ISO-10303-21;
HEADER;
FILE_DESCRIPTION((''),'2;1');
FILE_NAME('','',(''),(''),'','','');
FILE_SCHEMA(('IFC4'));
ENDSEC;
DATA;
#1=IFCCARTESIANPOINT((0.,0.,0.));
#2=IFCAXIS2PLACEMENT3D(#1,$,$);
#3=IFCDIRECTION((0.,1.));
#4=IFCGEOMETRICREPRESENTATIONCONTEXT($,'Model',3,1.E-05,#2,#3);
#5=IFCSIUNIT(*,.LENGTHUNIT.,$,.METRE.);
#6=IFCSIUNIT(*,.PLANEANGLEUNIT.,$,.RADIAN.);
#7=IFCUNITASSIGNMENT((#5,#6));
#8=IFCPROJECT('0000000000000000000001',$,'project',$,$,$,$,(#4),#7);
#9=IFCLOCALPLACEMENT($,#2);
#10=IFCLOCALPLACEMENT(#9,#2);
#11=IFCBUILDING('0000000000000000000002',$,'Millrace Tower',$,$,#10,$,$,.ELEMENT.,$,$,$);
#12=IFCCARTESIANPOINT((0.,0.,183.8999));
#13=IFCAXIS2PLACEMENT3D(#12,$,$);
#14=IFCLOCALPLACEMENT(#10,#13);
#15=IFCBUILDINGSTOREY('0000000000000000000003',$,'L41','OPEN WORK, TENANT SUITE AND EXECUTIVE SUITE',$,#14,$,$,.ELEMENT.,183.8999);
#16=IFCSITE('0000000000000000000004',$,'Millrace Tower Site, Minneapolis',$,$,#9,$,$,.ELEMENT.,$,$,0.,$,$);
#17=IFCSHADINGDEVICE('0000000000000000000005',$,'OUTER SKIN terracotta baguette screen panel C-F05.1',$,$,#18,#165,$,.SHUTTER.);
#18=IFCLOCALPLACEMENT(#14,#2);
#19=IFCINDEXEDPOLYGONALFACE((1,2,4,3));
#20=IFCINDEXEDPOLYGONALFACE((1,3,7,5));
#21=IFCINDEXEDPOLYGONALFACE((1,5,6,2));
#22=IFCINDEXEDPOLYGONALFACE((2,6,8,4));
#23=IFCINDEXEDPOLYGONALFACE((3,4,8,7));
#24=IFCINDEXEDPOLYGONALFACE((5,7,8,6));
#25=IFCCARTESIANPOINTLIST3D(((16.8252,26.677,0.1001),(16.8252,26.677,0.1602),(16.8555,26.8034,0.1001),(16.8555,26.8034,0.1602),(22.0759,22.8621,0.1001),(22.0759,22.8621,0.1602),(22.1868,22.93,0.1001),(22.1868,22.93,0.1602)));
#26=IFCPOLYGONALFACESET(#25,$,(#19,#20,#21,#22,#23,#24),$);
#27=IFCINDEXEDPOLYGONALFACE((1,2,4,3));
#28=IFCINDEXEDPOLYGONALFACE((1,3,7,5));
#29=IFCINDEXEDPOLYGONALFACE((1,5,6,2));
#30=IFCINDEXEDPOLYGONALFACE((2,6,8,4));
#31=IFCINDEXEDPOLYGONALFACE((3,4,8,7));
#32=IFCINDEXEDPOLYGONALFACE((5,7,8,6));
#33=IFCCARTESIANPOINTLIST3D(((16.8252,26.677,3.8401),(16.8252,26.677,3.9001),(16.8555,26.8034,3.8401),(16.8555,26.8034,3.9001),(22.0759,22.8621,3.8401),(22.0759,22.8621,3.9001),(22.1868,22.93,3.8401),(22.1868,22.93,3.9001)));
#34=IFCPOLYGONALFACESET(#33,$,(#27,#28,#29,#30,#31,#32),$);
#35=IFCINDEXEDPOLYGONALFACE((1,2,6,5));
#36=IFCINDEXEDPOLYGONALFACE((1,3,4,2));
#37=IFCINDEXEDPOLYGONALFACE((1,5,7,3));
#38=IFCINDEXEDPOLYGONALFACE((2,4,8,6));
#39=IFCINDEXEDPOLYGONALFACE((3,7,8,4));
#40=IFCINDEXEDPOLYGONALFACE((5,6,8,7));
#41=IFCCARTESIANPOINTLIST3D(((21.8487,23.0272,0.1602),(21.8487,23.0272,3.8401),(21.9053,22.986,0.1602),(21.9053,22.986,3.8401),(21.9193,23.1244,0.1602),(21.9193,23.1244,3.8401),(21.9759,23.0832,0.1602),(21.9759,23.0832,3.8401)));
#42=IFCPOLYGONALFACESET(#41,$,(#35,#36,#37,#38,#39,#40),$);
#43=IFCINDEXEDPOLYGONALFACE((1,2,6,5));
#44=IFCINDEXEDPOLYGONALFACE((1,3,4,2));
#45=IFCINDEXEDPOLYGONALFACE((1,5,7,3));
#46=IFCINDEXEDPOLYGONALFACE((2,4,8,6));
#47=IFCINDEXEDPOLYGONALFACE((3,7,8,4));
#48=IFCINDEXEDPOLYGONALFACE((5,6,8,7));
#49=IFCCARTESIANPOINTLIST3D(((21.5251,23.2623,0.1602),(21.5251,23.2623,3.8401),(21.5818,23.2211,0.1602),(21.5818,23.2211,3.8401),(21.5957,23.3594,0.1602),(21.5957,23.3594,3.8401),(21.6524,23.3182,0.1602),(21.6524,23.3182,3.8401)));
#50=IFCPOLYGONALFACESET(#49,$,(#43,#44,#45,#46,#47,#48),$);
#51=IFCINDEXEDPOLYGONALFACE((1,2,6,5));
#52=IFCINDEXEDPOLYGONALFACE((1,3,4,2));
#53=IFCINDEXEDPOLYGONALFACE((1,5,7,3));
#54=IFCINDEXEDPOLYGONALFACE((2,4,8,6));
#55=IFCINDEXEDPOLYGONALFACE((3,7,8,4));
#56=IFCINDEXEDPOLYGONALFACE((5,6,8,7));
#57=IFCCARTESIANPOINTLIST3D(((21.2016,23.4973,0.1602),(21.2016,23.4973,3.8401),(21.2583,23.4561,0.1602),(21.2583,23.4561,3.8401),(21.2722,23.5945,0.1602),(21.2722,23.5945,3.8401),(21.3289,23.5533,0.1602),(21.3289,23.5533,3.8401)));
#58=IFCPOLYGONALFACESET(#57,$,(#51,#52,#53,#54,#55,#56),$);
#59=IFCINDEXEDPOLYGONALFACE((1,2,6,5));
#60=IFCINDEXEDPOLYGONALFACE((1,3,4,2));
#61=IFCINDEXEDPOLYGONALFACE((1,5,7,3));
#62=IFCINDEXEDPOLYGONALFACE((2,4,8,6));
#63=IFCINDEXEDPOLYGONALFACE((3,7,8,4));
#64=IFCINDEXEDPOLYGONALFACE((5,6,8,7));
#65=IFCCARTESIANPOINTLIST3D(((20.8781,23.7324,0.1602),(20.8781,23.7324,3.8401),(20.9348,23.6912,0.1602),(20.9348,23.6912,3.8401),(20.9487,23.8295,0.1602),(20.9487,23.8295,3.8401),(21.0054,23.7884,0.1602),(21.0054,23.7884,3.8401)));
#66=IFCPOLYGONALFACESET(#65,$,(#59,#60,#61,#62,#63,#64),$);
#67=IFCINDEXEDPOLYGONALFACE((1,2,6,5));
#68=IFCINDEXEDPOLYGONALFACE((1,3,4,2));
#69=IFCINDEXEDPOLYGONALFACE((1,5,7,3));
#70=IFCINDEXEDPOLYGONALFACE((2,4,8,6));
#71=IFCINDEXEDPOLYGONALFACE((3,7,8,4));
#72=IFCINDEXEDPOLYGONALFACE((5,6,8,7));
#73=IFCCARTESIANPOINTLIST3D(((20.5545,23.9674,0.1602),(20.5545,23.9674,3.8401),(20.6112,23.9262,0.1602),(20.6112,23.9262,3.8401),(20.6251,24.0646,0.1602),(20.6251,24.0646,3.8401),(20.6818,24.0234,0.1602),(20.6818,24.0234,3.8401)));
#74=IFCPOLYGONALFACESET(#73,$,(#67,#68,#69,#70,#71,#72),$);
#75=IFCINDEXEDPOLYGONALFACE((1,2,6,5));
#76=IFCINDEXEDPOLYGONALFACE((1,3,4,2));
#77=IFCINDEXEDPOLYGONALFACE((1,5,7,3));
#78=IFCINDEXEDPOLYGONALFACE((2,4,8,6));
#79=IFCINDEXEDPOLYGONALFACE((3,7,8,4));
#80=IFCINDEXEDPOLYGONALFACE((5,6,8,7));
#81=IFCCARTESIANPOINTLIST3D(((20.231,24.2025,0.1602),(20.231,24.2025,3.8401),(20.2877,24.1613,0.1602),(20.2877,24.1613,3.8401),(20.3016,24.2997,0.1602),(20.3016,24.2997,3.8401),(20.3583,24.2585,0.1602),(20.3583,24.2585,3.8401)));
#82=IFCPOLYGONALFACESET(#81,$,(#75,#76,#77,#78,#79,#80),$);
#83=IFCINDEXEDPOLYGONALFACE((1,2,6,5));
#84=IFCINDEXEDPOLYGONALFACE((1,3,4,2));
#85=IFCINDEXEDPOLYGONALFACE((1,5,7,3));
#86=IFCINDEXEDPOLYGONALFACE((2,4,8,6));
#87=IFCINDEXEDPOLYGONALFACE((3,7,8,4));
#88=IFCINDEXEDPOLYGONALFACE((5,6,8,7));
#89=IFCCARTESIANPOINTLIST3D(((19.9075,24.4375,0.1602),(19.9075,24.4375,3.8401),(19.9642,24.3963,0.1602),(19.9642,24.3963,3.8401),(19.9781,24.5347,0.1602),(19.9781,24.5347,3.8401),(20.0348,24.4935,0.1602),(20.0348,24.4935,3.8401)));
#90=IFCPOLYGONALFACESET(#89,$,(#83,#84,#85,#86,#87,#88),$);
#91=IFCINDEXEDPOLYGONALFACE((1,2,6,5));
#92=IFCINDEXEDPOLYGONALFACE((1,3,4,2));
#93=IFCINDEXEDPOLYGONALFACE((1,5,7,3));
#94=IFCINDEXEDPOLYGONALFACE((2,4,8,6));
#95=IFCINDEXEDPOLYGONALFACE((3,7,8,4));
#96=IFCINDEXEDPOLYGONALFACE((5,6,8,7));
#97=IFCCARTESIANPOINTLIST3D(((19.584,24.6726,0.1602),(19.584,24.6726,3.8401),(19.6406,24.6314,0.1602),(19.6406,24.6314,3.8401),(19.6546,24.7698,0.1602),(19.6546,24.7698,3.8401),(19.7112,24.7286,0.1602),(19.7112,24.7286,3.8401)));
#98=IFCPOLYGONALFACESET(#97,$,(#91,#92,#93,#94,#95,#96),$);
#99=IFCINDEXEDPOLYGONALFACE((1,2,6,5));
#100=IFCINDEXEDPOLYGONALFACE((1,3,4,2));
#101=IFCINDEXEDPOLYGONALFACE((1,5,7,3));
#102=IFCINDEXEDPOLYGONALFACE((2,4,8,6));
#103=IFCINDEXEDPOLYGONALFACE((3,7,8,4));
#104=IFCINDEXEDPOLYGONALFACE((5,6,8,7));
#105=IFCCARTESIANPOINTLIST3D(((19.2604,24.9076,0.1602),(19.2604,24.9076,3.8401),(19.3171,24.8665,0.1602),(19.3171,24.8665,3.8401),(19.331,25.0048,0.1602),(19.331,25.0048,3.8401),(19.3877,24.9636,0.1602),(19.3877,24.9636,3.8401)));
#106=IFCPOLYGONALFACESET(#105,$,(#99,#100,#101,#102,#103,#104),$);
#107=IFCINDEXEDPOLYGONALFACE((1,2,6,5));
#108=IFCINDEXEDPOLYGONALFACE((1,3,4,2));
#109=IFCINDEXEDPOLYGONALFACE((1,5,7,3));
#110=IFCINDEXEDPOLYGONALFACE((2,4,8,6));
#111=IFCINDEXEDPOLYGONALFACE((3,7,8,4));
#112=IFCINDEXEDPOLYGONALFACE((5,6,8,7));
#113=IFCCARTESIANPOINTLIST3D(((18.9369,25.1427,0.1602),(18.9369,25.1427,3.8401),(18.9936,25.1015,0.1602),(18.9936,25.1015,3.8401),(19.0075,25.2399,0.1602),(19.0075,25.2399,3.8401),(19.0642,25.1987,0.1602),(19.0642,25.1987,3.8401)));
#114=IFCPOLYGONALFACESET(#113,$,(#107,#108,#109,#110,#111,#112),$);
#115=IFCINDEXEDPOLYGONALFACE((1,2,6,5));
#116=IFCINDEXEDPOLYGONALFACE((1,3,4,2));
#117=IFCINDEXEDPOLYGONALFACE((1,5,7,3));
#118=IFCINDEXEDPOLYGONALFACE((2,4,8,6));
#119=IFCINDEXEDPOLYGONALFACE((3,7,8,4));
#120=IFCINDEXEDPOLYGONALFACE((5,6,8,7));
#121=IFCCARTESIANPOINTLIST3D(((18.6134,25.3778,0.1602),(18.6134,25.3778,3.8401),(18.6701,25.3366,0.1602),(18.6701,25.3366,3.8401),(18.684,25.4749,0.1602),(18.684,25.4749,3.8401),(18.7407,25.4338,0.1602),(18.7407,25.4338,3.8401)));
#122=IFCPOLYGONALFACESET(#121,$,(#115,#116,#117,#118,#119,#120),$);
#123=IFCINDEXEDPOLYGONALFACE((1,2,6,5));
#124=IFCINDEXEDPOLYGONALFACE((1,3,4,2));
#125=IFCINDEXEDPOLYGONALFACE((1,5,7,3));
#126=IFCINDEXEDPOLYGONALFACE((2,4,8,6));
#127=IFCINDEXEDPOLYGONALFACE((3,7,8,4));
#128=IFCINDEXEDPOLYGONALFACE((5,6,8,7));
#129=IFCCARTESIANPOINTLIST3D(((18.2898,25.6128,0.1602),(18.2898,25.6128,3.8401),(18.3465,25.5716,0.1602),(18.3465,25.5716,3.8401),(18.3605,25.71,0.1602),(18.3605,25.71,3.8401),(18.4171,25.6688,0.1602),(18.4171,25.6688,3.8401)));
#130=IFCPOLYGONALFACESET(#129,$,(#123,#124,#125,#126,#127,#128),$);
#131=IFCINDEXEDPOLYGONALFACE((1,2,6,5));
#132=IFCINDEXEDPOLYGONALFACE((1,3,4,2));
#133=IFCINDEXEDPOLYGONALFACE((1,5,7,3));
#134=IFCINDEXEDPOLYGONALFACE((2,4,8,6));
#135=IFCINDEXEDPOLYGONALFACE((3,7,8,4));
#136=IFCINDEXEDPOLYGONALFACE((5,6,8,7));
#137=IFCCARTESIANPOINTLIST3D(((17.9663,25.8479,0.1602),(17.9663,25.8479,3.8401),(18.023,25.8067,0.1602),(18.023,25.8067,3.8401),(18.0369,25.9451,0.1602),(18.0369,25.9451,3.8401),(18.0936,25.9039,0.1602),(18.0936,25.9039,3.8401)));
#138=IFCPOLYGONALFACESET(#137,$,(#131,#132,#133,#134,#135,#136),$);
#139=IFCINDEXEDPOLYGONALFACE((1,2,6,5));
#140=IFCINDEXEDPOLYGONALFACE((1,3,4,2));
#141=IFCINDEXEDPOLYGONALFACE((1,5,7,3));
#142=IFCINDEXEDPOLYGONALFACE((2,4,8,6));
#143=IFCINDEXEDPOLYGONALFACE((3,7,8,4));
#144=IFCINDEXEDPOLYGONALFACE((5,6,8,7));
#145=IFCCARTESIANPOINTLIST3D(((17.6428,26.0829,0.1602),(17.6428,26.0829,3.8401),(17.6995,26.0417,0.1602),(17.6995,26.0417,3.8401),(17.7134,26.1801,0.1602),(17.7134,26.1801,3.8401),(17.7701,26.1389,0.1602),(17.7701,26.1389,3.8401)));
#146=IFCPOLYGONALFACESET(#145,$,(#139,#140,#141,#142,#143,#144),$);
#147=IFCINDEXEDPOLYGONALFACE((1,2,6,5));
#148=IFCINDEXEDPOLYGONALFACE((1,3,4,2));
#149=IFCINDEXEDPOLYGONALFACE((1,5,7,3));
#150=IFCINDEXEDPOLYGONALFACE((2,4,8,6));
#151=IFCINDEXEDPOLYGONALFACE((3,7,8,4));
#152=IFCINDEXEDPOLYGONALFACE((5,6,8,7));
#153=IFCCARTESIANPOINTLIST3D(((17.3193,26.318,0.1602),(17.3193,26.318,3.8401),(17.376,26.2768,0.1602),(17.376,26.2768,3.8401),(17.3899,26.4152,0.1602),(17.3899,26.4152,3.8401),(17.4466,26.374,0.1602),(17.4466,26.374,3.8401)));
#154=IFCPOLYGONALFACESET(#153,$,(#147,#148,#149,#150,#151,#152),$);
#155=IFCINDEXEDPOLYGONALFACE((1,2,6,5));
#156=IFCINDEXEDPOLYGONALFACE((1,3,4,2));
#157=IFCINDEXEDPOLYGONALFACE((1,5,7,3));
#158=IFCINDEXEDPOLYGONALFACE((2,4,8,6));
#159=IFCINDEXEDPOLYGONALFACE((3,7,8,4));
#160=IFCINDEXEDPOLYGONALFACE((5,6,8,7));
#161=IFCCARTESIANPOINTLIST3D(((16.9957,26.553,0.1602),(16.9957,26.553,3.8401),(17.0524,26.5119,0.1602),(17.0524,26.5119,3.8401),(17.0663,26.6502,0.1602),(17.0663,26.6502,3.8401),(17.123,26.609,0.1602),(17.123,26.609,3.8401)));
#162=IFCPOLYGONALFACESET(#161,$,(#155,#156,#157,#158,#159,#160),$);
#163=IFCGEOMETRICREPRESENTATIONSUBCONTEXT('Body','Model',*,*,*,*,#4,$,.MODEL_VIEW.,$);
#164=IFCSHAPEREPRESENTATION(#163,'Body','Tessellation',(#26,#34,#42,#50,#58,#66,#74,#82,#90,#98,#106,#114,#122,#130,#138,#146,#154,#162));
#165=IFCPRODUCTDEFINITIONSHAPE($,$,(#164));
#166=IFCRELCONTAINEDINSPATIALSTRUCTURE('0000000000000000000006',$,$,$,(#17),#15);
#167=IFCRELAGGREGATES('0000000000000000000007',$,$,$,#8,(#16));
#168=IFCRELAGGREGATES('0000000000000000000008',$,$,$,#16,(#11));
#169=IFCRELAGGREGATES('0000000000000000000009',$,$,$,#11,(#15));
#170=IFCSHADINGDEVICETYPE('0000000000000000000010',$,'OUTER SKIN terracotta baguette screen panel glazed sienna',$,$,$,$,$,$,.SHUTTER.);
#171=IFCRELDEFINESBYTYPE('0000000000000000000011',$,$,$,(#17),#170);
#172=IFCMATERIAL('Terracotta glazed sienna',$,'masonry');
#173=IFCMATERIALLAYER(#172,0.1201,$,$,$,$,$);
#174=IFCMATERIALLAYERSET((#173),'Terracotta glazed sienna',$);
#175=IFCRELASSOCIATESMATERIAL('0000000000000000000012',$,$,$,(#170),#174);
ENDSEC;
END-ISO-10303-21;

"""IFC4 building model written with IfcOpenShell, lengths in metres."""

from ifc_helpers import new_model, entity, si_unit, direction, frame, frame_2d, origin, place, context, subcontext, project, spatial, rectangle, extrude, source, transform, mapped, material, layer, layer_set, type_object, element, save


model = new_model("IFC4")

# Units and contexts
model_context = context("Model", 3, precision=1e-05, world=origin(), true_north=direction((0.0, 1.0)))
body_context = subcontext(model_context, "Body", "Model", "MODEL_VIEW")
ifc_project = project(units=[si_unit("LENGTHUNIT", "METRE"), si_unit("PLANEANGLEUNIT", "RADIAN")], contexts=[model_context])

# Site, building, storey
site_placement = place(None, origin())
site = spatial("IfcSite", under=ifc_project, at=site_placement, Name="Millrace Tower Site, Minneapolis", CompositionType="ELEMENT", RefElevation=0.0)
building_placement = place(site_placement, origin())
building = spatial("IfcBuilding", under=site, at=building_placement, Name="Millrace Tower", CompositionType="ELEMENT")
storey_placement = place(building_placement, frame((0.0, 0.0, 183.8999)))
storey = spatial("IfcBuildingStorey", under=building, at=storey_placement, Name="L41", Description="OPEN WORK, TENANT SUITE AND EXECUTIVE SUITE", CompositionType="ELEMENT", Elevation=183.8999)

# Shading device
ifc_material_1 = material(Name="Terracotta glazed sienna", Category="masonry")
ifc_layer_1 = layer(ifc_material_1, 0.1201)
ifc_layer_set_1 = layer_set([ifc_layer_1], Name="Terracotta glazed sienna")
shading_device_type = type_object("IfcShadingDeviceType", Name="OUTER SKIN terracotta baguette screen panel glazed sienna", PredefinedType="SHUTTER", material=ifc_layer_set_1)
cartesian_point_1 = entity("IfcCartesianPoint", [-3.2451, 0.0601])
shared_polyline_1 = entity("IfcPolyline", [cartesian_point_1, entity("IfcCartesianPoint", [3.2451, 0.0601]), entity("IfcCartesianPoint", [3.2949, -0.0601]), entity("IfcCartesianPoint", [-3.2949, -0.0601]), cartesian_point_1])
shared_shape_1 = source(origin(), body_context, "Body", "SweptSolid", [
    entity("IfcExtrudedAreaSolid", entity("IfcArbitraryClosedProfileDef", "AREA", None, shared_polyline_1), entity("IfcAxis2Placement3D", entity("IfcCartesianPoint", [0.0, 0.0, 0.0])), entity("IfcDirection", [0.0, 0.0, 1.0]), 0.0601),
    entity("IfcExtrudedAreaSolid", entity("IfcArbitraryClosedProfileDef", "AREA", None, shared_polyline_1), entity("IfcAxis2Placement3D", entity("IfcCartesianPoint", [0.0, 0.0, 3.74])), entity("IfcDirection", [0.0, 0.0, 1.0]), 0.0601),
    extrude(rectangle(XDim=0.0701, YDim=0.1201, at=frame_2d((-2.9993, 0.0))), frame((0.0, 0.0, 0.0601)), (0.0, 0.0, 1.0), 3.6799),
    extrude(rectangle(XDim=0.0701, YDim=0.1201, at=frame_2d((-2.5994, 0.0))), frame((0.0, 0.0, 0.0601)), (0.0, 0.0, 1.0), 3.6799),
    extrude(rectangle(XDim=0.0701, YDim=0.1201, at=frame_2d((-2.1995, 0.0))), frame((0.0, 0.0, 0.0601)), (0.0, 0.0, 1.0), 3.6799),
    extrude(rectangle(XDim=0.0701, YDim=0.1201, at=frame_2d((-1.7996, 0.0))), frame((0.0, 0.0, 0.0601)), (0.0, 0.0, 1.0), 3.6799),
    extrude(rectangle(XDim=0.0701, YDim=0.1201, at=frame_2d((-1.3997, 0.0))), frame((0.0, 0.0, 0.0601)), (0.0, 0.0, 1.0), 3.6799),
    extrude(rectangle(XDim=0.0701, YDim=0.1201, at=frame_2d((-0.9998, 0.0))), frame((0.0, 0.0, 0.0601)), (0.0, 0.0, 1.0), 3.6799),
    extrude(rectangle(XDim=0.0701, YDim=0.1201, at=frame_2d((-0.5999, 0.0))), frame((0.0, 0.0, 0.0601)), (0.0, 0.0, 1.0), 3.6799),
    extrude(rectangle(XDim=0.0701, YDim=0.1201, at=frame_2d((-0.2, 0.0))), frame((0.0, 0.0, 0.0601)), (0.0, 0.0, 1.0), 3.6799),
    extrude(rectangle(XDim=0.0701, YDim=0.1201, at=frame_2d((0.2, 0.0))), frame((0.0, 0.0, 0.0601)), (0.0, 0.0, 1.0), 3.6799),
    extrude(rectangle(XDim=0.0701, YDim=0.1201, at=frame_2d((0.5999, 0.0))), frame((0.0, 0.0, 0.0601)), (0.0, 0.0, 1.0), 3.6799),
    extrude(rectangle(XDim=0.0701, YDim=0.1201, at=frame_2d((0.9998, 0.0))), frame((0.0, 0.0, 0.0601)), (0.0, 0.0, 1.0), 3.6799),
    extrude(rectangle(XDim=0.0701, YDim=0.1201, at=frame_2d((1.3997, 0.0))), frame((0.0, 0.0, 0.0601)), (0.0, 0.0, 1.0), 3.6799),
    extrude(rectangle(XDim=0.0701, YDim=0.1201, at=frame_2d((1.7996, 0.0))), frame((0.0, 0.0, 0.0601)), (0.0, 0.0, 1.0), 3.6799),
    extrude(rectangle(XDim=0.0701, YDim=0.1201, at=frame_2d((2.1995, 0.0))), frame((0.0, 0.0, 0.0601)), (0.0, 0.0, 1.0), 3.6799),
    extrude(rectangle(XDim=0.0701, YDim=0.1201, at=frame_2d((2.5994, 0.0))), frame((0.0, 0.0, 0.0601)), (0.0, 0.0, 1.0), 3.6799),
    extrude(rectangle(XDim=0.0701, YDim=0.1201, at=frame_2d((2.9993, 0.0))), frame((0.0, 0.0, 0.0601)), (0.0, 0.0, 1.0), 3.6799),
])
shading_device_1_placement = place(storey_placement, frame((19.4858, 24.8181, 0.1001), z_axis=(0.0, 0.0, 1.0), x_axis=(-0.809017, 0.587785, 0.0)))
element("IfcShadingDevice", 1, at=shading_device_1_placement, inside=storey, type_object=shading_device_type, Name="OUTER SKIN terracotta baguette screen panel C-F05.1", PredefinedType="SHUTTER", context=body_context, shape_type="MappedRepresentation", body=[
    mapped(shared_shape_1, transform((0.0, 0.0, 0.0), scale=1.0)),
])

save(model, "model.ifc")
